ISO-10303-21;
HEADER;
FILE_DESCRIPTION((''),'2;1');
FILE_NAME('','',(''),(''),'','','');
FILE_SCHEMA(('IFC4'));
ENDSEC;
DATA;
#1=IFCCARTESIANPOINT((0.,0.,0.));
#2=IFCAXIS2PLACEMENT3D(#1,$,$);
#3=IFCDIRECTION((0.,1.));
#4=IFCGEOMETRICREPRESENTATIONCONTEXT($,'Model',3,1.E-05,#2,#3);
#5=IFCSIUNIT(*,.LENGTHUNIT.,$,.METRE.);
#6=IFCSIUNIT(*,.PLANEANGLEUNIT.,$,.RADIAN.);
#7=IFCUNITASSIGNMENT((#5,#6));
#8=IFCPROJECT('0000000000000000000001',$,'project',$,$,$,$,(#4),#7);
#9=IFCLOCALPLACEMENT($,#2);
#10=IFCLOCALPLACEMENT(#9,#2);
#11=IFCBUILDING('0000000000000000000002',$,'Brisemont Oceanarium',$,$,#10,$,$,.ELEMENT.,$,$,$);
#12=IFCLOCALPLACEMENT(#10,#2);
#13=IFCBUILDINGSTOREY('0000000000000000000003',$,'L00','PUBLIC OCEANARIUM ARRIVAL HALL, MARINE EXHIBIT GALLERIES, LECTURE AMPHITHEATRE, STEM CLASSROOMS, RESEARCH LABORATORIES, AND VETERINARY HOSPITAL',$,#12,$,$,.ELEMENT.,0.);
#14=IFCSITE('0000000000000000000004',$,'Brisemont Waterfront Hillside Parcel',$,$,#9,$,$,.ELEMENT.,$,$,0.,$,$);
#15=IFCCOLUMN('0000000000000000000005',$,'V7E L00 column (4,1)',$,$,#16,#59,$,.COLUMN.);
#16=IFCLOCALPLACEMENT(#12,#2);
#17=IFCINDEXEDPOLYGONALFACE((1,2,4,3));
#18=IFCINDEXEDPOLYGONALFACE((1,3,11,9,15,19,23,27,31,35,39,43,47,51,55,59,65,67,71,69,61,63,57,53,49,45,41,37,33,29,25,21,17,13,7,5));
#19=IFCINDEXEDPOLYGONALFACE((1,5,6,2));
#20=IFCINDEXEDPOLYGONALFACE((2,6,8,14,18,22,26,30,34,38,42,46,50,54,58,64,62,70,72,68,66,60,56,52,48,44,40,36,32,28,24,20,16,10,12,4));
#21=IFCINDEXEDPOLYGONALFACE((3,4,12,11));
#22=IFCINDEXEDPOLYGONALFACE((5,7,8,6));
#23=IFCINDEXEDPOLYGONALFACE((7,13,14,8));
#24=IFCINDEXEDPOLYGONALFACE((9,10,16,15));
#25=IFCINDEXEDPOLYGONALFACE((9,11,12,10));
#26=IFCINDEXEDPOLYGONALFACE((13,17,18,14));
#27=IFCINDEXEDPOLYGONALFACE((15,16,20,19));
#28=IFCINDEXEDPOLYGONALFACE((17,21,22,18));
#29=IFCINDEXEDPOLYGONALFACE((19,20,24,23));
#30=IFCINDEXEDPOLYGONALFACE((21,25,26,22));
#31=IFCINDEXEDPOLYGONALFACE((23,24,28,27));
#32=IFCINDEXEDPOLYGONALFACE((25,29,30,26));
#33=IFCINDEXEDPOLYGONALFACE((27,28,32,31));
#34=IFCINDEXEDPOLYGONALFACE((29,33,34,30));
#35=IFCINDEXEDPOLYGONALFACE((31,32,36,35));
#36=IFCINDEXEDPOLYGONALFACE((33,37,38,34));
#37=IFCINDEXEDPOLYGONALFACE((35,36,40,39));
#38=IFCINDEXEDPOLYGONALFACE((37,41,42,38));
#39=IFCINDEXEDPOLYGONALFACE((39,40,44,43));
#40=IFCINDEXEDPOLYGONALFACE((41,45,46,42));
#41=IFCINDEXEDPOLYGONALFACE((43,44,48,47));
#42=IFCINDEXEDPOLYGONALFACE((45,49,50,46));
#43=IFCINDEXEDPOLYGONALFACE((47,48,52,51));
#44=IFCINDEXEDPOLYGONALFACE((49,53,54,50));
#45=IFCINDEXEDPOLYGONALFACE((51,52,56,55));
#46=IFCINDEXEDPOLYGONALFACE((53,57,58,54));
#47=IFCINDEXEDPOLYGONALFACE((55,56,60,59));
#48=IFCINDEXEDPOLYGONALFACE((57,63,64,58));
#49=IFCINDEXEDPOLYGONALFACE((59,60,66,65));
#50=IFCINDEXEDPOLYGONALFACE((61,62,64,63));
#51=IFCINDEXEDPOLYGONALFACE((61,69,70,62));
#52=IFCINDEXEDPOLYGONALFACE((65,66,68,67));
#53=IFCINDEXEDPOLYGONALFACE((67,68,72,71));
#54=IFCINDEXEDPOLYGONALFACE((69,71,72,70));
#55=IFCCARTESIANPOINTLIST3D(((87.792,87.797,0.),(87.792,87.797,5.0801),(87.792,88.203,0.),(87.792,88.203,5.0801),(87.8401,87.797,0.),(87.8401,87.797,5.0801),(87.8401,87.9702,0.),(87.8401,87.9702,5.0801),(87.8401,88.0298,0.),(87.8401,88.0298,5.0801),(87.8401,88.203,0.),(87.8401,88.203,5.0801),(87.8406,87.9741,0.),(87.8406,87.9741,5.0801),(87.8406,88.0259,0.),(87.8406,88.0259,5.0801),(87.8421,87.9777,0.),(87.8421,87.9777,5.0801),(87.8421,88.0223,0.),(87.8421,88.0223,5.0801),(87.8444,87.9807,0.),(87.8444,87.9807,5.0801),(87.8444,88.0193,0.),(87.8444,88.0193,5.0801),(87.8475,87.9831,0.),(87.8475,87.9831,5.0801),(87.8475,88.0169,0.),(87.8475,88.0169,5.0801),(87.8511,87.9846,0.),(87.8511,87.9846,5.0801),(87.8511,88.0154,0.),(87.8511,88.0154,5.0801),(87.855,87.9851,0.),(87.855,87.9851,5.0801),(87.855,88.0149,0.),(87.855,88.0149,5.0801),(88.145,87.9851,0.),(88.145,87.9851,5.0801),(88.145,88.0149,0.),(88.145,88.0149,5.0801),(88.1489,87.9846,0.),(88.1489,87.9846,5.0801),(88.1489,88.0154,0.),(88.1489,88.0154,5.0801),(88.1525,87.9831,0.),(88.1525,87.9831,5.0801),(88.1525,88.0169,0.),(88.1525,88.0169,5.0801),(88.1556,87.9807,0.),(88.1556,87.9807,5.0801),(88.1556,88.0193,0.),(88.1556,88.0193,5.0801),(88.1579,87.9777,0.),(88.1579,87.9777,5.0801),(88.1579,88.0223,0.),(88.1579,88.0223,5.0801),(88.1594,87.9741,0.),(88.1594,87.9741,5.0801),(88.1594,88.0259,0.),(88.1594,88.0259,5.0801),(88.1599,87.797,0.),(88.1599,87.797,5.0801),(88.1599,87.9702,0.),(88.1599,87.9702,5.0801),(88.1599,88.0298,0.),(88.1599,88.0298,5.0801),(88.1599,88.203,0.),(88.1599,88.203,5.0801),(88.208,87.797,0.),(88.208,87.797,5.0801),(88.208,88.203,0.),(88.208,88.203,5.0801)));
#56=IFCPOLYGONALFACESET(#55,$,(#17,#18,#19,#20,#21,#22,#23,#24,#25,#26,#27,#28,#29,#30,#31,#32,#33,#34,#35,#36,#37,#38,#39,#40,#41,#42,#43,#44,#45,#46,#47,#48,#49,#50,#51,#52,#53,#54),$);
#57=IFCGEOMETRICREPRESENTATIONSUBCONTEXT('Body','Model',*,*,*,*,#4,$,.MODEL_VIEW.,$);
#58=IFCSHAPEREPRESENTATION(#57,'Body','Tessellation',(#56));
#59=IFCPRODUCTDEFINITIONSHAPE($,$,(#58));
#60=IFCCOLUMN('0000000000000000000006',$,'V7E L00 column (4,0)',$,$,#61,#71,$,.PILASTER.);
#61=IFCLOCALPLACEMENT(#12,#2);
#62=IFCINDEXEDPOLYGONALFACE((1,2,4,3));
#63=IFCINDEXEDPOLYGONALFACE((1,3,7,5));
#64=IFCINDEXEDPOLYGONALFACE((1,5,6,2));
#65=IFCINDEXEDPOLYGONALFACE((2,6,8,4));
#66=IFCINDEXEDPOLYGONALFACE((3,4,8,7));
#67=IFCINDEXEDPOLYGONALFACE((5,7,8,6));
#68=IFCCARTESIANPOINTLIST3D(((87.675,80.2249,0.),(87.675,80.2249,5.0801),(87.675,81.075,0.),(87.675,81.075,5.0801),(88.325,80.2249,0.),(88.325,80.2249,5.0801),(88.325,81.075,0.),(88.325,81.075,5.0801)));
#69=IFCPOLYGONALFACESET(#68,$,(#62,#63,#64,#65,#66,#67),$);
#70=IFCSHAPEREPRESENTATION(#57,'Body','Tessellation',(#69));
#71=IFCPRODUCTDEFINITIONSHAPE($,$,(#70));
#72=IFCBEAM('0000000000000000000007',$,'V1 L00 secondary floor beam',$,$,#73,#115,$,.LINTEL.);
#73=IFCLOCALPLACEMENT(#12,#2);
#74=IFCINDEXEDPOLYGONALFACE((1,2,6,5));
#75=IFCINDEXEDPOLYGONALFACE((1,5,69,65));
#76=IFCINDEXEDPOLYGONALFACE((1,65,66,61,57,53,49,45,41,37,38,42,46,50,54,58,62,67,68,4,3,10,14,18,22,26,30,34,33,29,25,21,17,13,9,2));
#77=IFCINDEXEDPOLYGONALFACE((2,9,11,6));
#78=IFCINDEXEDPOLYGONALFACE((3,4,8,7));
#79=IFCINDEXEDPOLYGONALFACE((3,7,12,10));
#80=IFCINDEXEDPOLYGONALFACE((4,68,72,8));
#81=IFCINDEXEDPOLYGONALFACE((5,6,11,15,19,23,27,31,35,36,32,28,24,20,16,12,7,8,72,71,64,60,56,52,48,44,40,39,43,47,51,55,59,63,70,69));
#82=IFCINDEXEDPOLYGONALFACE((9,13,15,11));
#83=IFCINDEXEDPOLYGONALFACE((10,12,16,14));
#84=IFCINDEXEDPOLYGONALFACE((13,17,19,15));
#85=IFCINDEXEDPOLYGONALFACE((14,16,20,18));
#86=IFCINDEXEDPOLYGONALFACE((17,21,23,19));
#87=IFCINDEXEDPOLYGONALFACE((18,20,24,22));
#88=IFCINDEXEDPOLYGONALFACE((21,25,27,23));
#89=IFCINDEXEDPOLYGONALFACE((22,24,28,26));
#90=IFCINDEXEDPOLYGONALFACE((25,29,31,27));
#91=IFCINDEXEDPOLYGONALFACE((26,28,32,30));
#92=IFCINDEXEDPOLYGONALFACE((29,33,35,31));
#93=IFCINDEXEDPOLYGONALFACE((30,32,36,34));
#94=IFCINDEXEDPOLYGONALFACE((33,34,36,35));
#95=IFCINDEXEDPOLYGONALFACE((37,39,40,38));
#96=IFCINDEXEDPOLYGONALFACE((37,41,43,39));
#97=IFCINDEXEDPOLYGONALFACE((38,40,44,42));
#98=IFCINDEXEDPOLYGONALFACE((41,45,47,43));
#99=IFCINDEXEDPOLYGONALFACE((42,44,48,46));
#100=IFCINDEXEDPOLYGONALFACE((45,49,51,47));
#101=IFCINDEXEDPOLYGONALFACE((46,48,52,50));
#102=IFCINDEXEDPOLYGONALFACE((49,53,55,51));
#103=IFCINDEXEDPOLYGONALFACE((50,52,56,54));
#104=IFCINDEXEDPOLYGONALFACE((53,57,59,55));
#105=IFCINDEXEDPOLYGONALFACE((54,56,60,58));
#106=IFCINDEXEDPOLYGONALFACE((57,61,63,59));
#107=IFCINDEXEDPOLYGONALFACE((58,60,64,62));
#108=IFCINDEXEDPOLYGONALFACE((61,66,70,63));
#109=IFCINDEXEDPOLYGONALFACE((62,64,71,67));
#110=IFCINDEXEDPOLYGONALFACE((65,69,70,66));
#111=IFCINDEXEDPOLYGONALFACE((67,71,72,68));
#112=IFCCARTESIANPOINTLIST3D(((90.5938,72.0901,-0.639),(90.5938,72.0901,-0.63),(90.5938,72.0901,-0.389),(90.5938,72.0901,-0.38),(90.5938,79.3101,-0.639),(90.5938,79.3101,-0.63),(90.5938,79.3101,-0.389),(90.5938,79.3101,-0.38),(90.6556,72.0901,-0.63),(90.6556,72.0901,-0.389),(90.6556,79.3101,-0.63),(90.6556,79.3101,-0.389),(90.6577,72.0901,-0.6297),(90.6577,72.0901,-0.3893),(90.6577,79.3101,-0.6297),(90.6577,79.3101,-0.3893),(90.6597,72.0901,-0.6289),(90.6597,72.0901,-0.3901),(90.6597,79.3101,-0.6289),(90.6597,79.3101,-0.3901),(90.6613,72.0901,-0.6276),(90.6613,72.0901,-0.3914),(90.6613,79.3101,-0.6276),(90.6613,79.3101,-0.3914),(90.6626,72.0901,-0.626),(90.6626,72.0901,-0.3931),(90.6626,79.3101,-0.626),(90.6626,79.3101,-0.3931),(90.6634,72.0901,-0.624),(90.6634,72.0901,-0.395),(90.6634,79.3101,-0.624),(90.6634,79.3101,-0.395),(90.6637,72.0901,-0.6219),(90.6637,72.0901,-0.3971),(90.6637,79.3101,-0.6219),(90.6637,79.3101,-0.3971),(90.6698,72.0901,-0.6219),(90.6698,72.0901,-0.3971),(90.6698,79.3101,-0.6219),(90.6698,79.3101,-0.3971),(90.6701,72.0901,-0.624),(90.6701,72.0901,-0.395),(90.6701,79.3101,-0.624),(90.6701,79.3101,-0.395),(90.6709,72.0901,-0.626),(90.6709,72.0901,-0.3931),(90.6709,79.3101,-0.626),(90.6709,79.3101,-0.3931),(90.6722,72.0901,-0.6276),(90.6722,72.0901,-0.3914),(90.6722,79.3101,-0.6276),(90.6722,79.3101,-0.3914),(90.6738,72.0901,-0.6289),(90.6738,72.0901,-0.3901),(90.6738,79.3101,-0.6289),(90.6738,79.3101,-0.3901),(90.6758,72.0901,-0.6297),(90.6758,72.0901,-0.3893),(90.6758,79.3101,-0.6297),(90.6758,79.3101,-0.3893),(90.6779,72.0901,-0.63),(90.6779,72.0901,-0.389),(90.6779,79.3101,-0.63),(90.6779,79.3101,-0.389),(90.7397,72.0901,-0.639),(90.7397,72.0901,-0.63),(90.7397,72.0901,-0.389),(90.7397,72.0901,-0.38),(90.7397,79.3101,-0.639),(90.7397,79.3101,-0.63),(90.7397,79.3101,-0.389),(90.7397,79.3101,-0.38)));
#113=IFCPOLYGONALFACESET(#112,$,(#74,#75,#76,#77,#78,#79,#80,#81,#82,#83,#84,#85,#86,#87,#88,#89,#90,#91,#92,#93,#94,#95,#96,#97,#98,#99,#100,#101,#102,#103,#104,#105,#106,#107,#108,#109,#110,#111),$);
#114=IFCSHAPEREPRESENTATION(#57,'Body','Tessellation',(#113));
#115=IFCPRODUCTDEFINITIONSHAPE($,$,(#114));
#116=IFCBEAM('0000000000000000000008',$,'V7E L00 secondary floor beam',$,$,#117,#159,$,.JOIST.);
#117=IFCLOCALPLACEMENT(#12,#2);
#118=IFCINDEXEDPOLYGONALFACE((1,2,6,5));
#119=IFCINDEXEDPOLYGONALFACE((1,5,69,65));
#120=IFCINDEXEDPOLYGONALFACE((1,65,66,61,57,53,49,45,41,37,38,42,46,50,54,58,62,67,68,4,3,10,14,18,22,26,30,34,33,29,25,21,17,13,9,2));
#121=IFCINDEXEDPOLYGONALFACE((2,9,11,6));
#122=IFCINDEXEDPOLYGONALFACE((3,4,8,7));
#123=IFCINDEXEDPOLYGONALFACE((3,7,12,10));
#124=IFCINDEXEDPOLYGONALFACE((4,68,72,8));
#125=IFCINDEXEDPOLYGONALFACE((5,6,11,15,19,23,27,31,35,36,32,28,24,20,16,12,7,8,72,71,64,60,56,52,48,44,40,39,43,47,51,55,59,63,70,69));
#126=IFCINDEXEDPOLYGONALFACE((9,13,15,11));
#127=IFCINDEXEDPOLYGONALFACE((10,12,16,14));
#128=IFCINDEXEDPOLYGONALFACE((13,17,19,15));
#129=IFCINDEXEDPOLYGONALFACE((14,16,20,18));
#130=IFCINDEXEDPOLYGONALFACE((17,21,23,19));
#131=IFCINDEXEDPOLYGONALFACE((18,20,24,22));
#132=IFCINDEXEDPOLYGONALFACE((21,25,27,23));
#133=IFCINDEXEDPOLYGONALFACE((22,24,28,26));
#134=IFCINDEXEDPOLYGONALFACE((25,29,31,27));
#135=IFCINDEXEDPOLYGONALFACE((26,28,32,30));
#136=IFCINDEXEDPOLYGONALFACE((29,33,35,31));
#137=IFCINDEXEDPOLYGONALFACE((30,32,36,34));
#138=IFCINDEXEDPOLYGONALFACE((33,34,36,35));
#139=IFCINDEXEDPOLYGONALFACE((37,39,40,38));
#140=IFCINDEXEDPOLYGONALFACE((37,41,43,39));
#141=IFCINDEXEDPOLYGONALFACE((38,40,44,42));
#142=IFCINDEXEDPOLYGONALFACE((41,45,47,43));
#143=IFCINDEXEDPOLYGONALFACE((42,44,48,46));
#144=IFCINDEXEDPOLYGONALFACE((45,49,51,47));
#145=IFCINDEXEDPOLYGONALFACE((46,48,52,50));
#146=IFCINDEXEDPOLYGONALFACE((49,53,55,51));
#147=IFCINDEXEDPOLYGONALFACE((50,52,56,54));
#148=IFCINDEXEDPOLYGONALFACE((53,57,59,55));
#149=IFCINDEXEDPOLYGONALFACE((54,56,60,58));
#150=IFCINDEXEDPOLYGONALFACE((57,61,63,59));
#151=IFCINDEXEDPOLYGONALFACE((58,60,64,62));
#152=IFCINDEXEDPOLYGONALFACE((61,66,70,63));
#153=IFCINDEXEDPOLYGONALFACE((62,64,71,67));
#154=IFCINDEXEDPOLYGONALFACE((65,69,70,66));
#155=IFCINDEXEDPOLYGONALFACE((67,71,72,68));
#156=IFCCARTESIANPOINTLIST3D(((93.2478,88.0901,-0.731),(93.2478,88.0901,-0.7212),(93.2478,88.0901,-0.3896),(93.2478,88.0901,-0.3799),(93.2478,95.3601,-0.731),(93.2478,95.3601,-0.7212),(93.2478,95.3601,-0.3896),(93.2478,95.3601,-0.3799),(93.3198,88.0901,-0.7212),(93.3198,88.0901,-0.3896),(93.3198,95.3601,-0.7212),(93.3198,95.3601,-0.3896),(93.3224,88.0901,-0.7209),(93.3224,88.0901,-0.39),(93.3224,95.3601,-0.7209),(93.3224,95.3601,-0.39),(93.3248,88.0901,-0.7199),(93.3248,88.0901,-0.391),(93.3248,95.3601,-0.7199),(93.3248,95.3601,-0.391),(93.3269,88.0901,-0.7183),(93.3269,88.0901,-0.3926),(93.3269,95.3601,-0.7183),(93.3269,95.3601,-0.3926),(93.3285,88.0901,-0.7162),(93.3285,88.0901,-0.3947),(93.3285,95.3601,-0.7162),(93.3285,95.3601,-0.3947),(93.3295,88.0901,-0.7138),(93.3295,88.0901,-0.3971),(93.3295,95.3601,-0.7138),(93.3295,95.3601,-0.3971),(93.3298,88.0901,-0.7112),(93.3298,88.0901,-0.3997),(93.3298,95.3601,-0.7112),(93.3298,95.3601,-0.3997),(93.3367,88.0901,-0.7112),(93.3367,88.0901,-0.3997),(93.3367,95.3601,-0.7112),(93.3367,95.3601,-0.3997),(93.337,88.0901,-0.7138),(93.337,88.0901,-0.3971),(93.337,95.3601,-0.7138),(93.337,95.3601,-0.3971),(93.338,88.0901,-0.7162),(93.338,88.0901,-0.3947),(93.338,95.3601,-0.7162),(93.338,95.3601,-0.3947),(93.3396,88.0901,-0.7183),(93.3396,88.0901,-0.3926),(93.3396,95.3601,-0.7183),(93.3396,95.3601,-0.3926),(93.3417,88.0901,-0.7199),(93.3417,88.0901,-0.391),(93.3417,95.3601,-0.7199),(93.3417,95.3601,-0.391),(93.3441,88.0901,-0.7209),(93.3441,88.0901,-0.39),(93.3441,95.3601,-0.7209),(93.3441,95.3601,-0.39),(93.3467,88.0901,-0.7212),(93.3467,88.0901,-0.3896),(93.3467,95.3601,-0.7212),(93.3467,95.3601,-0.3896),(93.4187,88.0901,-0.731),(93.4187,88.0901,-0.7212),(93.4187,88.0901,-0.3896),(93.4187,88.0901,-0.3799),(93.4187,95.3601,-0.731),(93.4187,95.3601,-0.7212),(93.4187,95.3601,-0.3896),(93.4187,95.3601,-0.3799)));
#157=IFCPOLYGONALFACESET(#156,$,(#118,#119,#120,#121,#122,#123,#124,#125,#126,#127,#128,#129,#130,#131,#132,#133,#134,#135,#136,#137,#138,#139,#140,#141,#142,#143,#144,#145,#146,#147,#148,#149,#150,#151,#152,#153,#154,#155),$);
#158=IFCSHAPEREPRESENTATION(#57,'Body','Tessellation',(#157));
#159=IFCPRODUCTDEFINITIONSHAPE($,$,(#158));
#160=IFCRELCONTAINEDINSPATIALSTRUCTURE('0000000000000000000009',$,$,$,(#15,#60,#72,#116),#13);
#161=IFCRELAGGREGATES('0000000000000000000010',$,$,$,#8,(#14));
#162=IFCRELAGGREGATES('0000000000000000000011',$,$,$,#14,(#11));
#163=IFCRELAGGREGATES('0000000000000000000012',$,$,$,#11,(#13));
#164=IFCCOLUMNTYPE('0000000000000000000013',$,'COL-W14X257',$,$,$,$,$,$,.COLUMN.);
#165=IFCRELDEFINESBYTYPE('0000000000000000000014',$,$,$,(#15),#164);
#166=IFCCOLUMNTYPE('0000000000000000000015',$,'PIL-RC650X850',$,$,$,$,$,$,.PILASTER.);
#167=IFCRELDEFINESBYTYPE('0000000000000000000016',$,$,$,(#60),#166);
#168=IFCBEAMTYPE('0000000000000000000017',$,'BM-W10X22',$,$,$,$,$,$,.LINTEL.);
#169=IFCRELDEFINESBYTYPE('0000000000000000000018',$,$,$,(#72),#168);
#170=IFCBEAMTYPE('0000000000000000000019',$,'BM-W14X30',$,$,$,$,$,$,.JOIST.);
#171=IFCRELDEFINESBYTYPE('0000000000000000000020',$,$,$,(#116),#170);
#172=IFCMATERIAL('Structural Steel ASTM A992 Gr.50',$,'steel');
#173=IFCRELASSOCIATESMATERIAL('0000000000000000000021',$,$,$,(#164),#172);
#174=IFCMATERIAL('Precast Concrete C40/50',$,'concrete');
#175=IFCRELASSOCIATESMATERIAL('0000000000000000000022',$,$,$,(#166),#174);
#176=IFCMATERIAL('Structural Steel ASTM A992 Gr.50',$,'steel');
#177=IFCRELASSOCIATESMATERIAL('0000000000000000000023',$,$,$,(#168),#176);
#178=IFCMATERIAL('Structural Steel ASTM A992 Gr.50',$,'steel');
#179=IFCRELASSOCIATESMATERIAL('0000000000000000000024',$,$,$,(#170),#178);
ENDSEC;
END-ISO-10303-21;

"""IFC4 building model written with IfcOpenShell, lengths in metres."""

from ifc_helpers import new_model, si_unit, direction, frame, origin, origin_2d, place, context, subcontext, project, spatial, rectangle, i_section, extrude, material, material_profile, profile_set, type_object, element, save


model = new_model("IFC4")

# Units and contexts
model_context = context("Model", 3, precision=1e-05, world=origin(), true_north=direction((0.0, 1.0)))
body_context = subcontext(model_context, "Body", "Model", "MODEL_VIEW")
ifc_project = project(units=[si_unit("LENGTHUNIT", "METRE"), si_unit("PLANEANGLEUNIT", "RADIAN")], contexts=[model_context])

# Site, building, storey
site_placement = place(None, origin())
site = spatial("IfcSite", under=ifc_project, at=site_placement, Name="Brisemont Waterfront Hillside Parcel", CompositionType="ELEMENT", RefElevation=0.0)
building_placement = place(site_placement, origin())
building = spatial("IfcBuilding", under=site, at=building_placement, Name="Brisemont Oceanarium", CompositionType="ELEMENT")
storey_placement = place(building_placement, origin())
storey = spatial("IfcBuildingStorey", under=building, at=storey_placement, Name="L00", Description="PUBLIC OCEANARIUM ARRIVAL HALL, MARINE EXHIBIT GALLERIES, LECTURE AMPHITHEATRE, STEM CLASSROOMS, RESEARCH LABORATORIES, AND VETERINARY HOSPITAL", CompositionType="ELEMENT", Elevation=0.0)

# Columns
ifc_material_1 = material(Name="Structural Steel ASTM A992 Gr.50", Category="steel")
ifc_material_profile_1 = material_profile(ifc_material_1, i_section(OverallWidth=0.406, OverallDepth=0.416, WebThickness=0.0298, FlangeThickness=0.0481, FilletRadius=0.0149, at=origin_2d()), Name="W14X257")
ifc_profile_set_1 = profile_set([ifc_material_profile_1], Name="Structural Steel ASTM A992 Gr.50")
column_type_1 = type_object("IfcColumnType", Name="COL-W14X257", PredefinedType="COLUMN", material=ifc_profile_set_1)
column_1_placement = place(storey_placement, frame((88.0, 88.0, 0.0), z_axis=(0.0, 0.0, 1.0), x_axis=(0.0, 1.0, 0.0)))
element("IfcColumn", 1, at=column_1_placement, inside=storey, type_object=column_type_1, Name="V7E L00 column (4,1)", PredefinedType="COLUMN", context=body_context, shape_type="SweptSolid", body=[
    extrude(i_section(OverallWidth=0.406, OverallDepth=0.416, WebThickness=0.0298, FlangeThickness=0.0481, FilletRadius=0.0149, at=origin_2d()), origin(), (0.0, 0.0, 1.0), 5.0801),
])
ifc_material_2 = material(Name="Precast Concrete C40/50", Category="concrete")
ifc_material_profile_2 = material_profile(ifc_material_2, rectangle(XDim=0.6499, YDim=0.8501, at=origin_2d()), Name="RC-PIL-650X850")
ifc_profile_set_2 = profile_set([ifc_material_profile_2], Name="Precast Concrete C40/50")
column_type_2 = type_object("IfcColumnType", Name="PIL-RC650X850", PredefinedType="PILASTER", material=ifc_profile_set_2)
column_2_placement = place(storey_placement, frame((88.0, 80.6499, 0.0), z_axis=(0.0, 0.0, 1.0), x_axis=(1.0, 0.0, 0.0)))
element("IfcColumn", 2, at=column_2_placement, inside=storey, type_object=column_type_2, Name="V7E L00 column (4,0)", PredefinedType="PILASTER", context=body_context, shape_type="SweptSolid", body=[
    extrude(rectangle(XDim=0.6499, YDim=0.8501, at=origin_2d()), origin(), (0.0, 0.0, 1.0), 5.0801),
])

# Beams
ifc_material_3 = material(Name="Structural Steel ASTM A992 Gr.50", Category="steel")
ifc_material_profile_3 = material_profile(ifc_material_3, i_section(OverallWidth=0.146, OverallDepth=0.259, WebThickness=0.0061, FlangeThickness=0.009, FilletRadius=0.0081, at=origin_2d()), Name="W10X22")
ifc_profile_set_3 = profile_set([ifc_material_profile_3], Name="Structural Steel ASTM A992 Gr.50")
beam_type_1 = type_object("IfcBeamType", Name="BM-W10X22", PredefinedType="LINTEL", material=ifc_profile_set_3)
beam_1_placement = place(storey_placement, frame((90.6667, 72.0901, -0.5095), z_axis=(0.0, 1.0, 0.0), x_axis=(-1.0, 0.0, 0.0)))
element("IfcBeam", 3, at=beam_1_placement, inside=storey, type_object=beam_type_1, Name="V1 L00 secondary floor beam", PredefinedType="LINTEL", context=body_context, shape_type="SweptSolid", body=[
    extrude(i_section(OverallWidth=0.146, OverallDepth=0.259, WebThickness=0.0061, FlangeThickness=0.009, FilletRadius=0.0081, at=origin_2d()), origin(), (0.0, 0.0, 1.0), 7.22),
])
ifc_material_4 = material(Name="Structural Steel ASTM A992 Gr.50", Category="steel")
ifc_material_profile_4 = material_profile(ifc_material_4, i_section(OverallWidth=0.1709, OverallDepth=0.3511, WebThickness=0.0068, FlangeThickness=0.0098, FilletRadius=0.01, at=origin_2d()), Name="W14X30")
ifc_profile_set_4 = profile_set([ifc_material_profile_4], Name="Structural Steel ASTM A992 Gr.50")
beam_type_2 = type_object("IfcBeamType", Name="BM-W14X30", PredefinedType="JOIST", material=ifc_profile_set_4)
beam_2_placement = place(storey_placement, frame((93.3333, 88.0901, -0.5554), z_axis=(0.0, 1.0, 0.0), x_axis=(-1.0, 0.0, 0.0)))
element("IfcBeam", 4, at=beam_2_placement, inside=storey, type_object=beam_type_2, Name="V7E L00 secondary floor beam", PredefinedType="JOIST", context=body_context, shape_type="SweptSolid", body=[
    extrude(i_section(OverallWidth=0.1709, OverallDepth=0.3511, WebThickness=0.0068, FlangeThickness=0.0098, FilletRadius=0.01, at=origin_2d()), origin(), (0.0, 0.0, 1.0), 7.27),
])

save(model, "model.ifc")
